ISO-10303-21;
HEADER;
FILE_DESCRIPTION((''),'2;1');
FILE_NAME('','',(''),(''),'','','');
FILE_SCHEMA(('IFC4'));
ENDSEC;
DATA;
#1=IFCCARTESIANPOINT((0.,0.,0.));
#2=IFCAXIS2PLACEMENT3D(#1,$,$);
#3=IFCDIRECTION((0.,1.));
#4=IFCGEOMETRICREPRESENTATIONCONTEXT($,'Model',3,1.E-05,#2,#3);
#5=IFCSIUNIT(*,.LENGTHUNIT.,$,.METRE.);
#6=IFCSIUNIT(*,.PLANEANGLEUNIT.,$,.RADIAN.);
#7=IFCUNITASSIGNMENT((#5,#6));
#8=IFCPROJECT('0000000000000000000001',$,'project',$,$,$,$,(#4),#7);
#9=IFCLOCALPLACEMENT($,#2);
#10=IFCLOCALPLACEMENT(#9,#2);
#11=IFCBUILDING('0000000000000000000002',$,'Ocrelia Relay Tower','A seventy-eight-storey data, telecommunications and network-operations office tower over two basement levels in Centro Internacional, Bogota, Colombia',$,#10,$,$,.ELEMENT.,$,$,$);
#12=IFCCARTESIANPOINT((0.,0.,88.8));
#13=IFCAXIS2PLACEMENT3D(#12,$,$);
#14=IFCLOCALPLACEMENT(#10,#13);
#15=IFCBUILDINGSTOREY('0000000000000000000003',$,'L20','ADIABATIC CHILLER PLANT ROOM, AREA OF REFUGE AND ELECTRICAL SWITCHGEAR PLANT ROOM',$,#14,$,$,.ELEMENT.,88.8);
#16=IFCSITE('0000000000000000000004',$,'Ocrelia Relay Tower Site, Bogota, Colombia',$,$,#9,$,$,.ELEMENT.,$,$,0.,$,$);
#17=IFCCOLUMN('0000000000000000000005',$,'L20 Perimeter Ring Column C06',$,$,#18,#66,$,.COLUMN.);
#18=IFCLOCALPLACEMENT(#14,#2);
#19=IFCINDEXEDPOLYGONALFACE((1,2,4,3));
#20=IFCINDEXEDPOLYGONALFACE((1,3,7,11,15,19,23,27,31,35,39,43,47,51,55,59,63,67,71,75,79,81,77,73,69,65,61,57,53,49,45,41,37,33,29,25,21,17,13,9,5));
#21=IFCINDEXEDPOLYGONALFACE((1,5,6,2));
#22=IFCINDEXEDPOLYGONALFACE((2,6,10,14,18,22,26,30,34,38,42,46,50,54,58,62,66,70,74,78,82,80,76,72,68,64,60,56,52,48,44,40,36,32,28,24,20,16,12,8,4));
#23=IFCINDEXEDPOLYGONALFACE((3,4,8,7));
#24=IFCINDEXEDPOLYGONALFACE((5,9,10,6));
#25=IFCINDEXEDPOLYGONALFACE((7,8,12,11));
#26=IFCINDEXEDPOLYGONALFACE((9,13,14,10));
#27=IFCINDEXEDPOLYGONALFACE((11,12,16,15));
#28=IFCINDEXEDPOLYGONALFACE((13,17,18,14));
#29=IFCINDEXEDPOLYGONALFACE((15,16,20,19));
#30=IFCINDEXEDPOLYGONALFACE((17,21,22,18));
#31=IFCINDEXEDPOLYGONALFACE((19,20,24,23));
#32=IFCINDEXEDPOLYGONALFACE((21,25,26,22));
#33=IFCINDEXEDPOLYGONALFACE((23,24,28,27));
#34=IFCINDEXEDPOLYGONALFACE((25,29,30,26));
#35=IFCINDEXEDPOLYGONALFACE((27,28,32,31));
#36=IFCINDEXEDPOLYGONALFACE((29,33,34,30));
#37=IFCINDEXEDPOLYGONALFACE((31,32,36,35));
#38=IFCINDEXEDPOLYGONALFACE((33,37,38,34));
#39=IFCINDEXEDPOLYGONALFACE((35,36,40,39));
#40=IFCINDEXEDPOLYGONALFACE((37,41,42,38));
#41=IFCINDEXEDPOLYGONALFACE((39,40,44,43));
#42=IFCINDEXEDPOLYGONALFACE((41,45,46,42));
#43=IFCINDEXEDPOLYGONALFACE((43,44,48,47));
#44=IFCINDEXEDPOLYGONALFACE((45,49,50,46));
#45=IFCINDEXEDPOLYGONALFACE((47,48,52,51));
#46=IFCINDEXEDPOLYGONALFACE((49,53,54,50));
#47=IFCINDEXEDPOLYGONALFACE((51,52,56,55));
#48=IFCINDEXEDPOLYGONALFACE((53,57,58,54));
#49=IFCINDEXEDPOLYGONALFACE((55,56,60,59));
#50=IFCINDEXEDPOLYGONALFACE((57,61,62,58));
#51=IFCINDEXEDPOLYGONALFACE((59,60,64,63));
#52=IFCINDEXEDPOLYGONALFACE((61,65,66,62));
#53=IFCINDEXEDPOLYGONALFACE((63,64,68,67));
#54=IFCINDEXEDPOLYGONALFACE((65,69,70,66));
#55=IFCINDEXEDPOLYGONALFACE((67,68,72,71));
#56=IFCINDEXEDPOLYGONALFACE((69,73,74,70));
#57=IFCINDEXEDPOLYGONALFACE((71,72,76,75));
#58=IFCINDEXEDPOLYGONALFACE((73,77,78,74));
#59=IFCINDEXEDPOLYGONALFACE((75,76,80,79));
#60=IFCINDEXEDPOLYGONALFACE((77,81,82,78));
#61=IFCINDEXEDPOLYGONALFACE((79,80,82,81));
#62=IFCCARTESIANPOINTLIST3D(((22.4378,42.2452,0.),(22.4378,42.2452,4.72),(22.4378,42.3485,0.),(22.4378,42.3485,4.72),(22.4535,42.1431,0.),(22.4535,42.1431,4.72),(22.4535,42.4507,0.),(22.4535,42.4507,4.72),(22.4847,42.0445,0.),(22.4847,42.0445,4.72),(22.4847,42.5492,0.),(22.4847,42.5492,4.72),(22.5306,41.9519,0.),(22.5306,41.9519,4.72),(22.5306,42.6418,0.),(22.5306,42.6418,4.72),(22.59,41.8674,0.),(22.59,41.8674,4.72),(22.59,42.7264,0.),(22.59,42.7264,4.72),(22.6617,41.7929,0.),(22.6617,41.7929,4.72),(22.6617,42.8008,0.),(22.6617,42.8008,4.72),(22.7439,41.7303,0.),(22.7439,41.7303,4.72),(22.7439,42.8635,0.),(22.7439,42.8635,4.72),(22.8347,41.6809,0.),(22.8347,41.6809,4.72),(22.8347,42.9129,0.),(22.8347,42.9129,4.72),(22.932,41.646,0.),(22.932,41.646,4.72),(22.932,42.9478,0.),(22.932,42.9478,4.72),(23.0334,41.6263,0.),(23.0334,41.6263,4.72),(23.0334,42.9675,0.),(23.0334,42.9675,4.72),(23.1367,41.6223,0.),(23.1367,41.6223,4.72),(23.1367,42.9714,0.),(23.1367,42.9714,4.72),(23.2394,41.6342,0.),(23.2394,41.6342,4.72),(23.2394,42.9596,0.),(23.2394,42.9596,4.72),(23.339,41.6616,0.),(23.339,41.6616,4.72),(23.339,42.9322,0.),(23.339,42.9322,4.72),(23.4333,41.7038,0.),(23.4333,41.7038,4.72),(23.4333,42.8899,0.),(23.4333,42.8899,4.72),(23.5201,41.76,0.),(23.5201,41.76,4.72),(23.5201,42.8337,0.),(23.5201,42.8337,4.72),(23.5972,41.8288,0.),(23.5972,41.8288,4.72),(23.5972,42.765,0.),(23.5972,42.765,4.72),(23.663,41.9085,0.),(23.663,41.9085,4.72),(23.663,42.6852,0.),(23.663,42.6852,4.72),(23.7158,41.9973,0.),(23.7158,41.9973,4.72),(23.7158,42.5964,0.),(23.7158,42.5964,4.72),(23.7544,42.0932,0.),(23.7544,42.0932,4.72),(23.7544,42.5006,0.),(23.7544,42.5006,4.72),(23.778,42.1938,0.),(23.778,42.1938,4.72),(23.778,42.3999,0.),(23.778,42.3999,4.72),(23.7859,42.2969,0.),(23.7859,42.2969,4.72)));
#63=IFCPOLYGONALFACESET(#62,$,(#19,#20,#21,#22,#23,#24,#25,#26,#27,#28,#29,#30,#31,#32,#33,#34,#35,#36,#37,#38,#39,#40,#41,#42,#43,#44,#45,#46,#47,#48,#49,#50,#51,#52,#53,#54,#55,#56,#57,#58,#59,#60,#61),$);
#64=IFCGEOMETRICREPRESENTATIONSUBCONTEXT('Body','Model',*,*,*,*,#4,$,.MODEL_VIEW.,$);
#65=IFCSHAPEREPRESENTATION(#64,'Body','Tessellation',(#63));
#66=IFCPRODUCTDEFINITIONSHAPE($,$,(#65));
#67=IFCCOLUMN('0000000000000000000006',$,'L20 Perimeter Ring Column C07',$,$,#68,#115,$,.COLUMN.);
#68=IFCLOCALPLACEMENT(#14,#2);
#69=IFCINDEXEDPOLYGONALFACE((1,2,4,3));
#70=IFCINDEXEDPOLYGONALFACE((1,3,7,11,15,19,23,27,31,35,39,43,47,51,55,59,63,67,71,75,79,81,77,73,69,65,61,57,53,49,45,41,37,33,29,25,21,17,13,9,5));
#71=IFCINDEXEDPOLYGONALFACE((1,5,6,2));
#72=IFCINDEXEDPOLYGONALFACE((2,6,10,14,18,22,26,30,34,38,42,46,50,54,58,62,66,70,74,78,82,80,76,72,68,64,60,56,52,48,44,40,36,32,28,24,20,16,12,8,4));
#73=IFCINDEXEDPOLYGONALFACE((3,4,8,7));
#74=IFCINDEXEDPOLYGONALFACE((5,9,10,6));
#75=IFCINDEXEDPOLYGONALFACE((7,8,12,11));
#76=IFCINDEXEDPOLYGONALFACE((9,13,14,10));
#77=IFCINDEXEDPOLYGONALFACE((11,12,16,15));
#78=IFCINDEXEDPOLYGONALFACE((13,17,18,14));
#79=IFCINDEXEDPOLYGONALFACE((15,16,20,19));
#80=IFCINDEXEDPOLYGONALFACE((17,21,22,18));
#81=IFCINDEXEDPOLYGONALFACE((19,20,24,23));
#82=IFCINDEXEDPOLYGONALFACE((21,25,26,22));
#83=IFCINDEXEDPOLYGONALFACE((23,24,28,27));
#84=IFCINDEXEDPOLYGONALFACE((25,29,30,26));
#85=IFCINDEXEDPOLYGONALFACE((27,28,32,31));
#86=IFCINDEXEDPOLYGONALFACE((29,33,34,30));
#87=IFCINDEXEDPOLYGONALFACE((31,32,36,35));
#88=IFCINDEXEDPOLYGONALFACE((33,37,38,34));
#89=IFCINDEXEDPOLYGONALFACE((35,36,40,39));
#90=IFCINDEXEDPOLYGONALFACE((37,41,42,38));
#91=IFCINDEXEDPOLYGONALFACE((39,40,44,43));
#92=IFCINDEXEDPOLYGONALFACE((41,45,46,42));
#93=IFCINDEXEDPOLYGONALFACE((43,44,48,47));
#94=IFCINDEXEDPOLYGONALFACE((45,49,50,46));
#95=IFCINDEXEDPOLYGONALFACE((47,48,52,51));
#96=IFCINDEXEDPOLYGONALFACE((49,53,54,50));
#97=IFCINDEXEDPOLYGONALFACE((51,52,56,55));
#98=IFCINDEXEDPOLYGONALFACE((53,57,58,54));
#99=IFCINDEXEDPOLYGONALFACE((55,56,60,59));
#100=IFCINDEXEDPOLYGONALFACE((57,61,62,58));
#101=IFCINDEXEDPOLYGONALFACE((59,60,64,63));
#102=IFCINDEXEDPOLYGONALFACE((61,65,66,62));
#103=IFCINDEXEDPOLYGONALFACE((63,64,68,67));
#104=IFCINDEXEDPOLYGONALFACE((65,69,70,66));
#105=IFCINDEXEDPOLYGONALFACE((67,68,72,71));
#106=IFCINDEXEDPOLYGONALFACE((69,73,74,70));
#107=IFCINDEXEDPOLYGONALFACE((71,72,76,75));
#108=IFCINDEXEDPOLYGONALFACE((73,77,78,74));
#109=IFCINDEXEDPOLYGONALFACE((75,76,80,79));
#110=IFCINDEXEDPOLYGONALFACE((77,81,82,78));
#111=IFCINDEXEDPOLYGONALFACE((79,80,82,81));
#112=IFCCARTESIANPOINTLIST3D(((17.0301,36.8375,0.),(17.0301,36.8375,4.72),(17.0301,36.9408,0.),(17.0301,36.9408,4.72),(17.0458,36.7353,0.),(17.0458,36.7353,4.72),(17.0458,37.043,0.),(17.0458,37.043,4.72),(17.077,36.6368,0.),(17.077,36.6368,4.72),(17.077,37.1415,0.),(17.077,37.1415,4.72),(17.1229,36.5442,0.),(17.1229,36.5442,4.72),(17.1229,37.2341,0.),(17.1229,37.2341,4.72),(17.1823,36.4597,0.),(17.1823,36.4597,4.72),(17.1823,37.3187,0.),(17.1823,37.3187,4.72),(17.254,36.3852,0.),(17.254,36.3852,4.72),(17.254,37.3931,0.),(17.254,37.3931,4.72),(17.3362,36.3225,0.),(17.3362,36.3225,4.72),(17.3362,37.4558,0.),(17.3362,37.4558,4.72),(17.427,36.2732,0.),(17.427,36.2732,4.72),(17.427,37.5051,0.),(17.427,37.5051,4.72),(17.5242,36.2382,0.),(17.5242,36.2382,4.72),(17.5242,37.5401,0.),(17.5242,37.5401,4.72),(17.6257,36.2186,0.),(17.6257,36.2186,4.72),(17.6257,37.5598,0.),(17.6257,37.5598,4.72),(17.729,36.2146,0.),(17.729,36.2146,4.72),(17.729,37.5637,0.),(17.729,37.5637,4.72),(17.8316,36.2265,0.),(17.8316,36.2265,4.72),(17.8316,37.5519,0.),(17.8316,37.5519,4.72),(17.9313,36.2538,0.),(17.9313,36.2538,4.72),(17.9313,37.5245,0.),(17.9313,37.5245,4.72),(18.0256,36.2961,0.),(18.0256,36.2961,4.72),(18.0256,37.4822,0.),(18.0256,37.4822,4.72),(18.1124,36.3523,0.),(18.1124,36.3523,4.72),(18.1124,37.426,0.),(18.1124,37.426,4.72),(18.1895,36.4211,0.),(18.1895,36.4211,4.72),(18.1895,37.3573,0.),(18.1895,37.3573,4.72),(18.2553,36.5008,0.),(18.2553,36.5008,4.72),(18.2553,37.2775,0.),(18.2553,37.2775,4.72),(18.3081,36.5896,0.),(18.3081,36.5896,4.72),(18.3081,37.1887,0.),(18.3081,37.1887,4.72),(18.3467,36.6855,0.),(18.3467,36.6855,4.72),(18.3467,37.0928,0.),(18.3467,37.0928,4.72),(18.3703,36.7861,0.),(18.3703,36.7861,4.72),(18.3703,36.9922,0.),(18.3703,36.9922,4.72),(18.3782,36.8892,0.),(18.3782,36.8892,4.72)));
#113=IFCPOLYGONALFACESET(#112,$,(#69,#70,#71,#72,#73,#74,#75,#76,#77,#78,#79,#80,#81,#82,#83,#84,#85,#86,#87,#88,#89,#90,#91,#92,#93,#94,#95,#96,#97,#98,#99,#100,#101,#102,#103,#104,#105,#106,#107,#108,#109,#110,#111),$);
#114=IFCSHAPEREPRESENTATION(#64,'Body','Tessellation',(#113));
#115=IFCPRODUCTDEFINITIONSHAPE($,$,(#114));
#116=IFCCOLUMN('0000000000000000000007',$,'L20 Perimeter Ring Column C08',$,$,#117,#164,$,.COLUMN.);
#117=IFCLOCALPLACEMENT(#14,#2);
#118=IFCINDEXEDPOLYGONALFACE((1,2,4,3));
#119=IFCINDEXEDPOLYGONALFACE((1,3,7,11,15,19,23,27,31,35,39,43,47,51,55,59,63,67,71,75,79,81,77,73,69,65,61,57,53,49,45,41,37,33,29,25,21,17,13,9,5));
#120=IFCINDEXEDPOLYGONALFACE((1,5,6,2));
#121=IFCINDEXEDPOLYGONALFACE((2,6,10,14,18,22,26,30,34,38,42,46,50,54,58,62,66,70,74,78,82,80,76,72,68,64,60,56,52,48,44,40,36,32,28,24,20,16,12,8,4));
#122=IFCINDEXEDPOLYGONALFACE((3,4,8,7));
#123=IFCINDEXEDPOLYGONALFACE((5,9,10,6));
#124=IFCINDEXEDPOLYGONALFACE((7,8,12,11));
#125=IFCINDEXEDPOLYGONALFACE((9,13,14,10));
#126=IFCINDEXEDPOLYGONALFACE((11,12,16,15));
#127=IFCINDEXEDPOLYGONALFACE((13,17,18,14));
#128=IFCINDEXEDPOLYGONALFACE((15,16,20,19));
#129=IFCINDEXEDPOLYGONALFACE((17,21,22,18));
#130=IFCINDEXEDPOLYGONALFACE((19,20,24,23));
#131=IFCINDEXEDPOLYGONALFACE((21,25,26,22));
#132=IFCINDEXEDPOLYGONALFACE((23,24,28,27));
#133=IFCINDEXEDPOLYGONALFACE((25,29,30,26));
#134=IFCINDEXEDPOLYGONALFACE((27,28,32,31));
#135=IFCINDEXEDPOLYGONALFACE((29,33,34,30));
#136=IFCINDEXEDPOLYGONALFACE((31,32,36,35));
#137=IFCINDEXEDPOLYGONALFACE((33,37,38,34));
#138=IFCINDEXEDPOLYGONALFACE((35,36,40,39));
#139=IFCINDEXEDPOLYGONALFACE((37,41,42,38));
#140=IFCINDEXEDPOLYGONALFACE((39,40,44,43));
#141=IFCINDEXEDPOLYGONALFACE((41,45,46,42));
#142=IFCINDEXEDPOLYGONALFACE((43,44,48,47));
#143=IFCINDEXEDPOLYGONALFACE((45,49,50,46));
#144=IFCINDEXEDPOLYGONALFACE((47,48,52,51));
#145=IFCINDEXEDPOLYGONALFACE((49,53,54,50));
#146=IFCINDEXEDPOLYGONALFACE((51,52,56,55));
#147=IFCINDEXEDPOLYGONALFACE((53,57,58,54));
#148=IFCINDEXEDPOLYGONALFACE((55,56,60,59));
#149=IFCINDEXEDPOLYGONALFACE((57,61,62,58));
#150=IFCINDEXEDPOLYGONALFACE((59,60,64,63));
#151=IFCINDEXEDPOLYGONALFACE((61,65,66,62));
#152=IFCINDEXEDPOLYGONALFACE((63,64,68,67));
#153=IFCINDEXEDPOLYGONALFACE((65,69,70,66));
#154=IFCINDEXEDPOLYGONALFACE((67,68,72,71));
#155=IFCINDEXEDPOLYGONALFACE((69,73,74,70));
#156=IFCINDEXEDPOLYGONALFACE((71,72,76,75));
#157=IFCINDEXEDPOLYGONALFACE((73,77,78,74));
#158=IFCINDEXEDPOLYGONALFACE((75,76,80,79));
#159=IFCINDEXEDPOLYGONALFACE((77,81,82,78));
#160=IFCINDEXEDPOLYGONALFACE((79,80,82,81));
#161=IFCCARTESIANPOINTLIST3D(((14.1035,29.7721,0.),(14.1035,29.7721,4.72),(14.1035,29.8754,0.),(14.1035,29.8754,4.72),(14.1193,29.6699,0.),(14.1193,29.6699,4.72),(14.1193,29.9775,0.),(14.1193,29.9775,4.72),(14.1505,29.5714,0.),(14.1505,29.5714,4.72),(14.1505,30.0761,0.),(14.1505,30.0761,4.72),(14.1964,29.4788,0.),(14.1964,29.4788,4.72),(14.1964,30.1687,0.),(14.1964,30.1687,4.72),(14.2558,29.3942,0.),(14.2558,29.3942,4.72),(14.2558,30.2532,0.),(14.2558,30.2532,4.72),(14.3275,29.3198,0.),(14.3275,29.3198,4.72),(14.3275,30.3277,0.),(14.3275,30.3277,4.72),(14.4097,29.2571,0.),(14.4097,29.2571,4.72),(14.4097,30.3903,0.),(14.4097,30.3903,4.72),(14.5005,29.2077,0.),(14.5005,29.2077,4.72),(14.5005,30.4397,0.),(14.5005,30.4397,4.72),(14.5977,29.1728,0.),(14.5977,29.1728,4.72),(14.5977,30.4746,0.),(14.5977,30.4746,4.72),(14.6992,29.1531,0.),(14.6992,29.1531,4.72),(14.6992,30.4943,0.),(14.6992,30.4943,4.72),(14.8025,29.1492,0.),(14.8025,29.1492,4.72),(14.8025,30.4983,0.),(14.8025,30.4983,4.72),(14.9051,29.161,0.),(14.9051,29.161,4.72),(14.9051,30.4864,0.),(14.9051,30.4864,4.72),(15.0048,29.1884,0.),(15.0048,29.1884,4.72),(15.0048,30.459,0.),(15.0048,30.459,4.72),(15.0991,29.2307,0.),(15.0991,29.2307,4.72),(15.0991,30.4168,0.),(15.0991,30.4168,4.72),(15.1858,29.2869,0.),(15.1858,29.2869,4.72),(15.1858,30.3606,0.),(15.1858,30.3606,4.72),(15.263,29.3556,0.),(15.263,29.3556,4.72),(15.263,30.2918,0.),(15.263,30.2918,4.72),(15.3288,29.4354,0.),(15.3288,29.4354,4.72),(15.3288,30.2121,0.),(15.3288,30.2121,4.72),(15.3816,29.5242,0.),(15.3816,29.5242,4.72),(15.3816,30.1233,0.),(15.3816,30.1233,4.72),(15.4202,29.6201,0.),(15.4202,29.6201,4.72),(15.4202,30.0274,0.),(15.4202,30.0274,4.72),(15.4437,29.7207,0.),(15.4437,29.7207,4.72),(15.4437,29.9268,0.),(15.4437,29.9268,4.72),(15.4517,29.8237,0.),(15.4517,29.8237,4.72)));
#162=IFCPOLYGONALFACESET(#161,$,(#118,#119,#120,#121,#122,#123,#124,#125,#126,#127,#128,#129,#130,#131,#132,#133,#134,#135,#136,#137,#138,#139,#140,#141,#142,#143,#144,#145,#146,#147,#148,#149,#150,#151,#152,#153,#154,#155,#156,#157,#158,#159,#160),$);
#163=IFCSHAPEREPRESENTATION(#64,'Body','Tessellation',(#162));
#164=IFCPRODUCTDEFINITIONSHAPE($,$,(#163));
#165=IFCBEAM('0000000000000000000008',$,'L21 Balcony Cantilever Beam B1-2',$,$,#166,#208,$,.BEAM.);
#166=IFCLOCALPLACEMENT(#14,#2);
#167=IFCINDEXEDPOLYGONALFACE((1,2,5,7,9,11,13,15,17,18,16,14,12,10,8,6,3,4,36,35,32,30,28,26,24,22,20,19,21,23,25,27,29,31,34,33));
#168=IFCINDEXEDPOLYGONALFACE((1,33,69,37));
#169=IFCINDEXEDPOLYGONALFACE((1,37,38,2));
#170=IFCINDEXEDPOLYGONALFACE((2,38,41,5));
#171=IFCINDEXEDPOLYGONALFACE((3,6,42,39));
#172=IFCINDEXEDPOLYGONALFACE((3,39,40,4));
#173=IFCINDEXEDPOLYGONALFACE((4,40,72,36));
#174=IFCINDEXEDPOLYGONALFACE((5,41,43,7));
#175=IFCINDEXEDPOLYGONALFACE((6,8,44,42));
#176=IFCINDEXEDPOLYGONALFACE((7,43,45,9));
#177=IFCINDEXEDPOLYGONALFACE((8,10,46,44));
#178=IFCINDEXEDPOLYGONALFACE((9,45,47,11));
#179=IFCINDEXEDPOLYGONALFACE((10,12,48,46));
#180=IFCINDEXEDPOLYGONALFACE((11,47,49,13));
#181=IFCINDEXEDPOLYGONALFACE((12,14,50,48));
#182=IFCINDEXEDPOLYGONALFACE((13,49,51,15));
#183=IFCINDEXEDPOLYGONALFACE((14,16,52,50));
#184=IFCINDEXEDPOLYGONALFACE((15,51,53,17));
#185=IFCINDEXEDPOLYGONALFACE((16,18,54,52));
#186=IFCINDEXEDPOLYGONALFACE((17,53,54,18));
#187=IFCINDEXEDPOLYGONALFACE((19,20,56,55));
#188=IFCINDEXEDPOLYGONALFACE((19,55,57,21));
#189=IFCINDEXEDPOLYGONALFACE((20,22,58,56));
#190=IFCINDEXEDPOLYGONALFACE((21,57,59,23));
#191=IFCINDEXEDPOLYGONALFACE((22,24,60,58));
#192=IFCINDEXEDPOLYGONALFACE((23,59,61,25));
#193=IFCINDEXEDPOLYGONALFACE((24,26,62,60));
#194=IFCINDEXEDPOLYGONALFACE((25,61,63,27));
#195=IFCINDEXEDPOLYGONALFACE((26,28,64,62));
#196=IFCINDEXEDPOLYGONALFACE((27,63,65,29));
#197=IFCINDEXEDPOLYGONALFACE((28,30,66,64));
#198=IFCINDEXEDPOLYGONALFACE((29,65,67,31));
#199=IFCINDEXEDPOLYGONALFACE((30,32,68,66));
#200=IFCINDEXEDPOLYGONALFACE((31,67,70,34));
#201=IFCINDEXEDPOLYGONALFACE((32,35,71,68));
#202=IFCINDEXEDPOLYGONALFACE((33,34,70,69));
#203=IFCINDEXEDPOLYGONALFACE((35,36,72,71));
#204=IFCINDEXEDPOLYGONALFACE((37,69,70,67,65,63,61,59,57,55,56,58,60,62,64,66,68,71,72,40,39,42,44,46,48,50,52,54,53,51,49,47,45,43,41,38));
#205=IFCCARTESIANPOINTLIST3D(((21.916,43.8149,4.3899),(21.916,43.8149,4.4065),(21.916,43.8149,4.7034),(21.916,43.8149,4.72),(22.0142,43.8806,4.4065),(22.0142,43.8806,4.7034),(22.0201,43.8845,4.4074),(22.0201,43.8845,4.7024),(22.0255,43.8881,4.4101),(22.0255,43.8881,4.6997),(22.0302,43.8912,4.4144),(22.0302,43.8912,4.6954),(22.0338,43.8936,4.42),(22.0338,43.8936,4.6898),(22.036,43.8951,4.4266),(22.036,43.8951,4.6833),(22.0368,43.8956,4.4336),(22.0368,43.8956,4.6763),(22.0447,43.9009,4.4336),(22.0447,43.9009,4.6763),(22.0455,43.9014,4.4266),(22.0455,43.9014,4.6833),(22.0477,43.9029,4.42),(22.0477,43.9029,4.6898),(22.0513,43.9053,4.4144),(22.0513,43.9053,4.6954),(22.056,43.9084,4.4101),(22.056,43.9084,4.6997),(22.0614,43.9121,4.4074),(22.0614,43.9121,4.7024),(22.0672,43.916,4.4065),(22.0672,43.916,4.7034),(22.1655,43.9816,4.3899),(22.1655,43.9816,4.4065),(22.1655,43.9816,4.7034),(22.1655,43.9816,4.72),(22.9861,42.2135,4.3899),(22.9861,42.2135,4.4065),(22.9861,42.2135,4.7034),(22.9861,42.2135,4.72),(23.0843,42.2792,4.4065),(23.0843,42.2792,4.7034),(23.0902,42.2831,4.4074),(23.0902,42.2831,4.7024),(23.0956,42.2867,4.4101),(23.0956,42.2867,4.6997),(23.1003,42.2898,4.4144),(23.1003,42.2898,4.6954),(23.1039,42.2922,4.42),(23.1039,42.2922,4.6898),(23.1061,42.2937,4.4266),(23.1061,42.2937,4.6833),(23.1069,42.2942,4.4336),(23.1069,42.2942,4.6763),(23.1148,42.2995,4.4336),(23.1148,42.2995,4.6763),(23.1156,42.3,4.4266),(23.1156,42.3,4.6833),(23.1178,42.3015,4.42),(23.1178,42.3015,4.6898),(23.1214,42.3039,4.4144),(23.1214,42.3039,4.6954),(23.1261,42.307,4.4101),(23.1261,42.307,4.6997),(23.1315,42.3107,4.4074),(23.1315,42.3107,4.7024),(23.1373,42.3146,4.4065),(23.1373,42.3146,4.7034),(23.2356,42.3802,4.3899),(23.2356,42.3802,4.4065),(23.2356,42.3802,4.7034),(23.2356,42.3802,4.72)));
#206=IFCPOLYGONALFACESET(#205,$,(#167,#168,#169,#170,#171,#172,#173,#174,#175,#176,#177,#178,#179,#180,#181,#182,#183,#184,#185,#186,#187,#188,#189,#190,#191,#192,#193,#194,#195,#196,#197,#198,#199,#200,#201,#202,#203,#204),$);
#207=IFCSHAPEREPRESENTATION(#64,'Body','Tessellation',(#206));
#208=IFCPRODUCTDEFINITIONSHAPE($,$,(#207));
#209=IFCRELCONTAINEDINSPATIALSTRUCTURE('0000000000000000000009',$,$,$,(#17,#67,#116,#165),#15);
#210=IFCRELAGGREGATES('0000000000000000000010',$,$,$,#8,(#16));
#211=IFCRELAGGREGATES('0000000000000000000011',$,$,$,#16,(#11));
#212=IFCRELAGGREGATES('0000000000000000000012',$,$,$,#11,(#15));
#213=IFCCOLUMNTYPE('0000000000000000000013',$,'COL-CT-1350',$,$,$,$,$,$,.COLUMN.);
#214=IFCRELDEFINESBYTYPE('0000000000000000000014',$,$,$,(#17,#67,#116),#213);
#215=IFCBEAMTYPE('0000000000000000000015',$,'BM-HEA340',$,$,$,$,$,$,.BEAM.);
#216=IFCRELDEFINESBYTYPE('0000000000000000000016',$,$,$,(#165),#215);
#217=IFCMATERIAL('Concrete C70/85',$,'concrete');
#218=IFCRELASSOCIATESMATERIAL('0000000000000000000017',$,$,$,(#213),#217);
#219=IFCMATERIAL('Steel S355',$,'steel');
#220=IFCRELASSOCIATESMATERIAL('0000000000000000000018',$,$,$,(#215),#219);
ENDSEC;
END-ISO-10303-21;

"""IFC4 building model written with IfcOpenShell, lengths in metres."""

from ifc_helpers import new_model, si_unit, direction, frame, origin, origin_2d, place, context, subcontext, project, spatial, circle, i_section, extrude, material, material_profile, profile_set, type_object, element, save


model = new_model("IFC4")

# Units and contexts
model_context = context("Model", 3, precision=1e-05, world=origin(), true_north=direction((0.0, 1.0)))
body_context = subcontext(model_context, "Body", "Model", "MODEL_VIEW")
ifc_project = project(units=[si_unit("LENGTHUNIT", "METRE"), si_unit("PLANEANGLEUNIT", "RADIAN")], contexts=[model_context])

# Site, building, storey
site_placement = place(None, origin())
site = spatial("IfcSite", under=ifc_project, at=site_placement, Name="Ocrelia Relay Tower Site, Bogota, Colombia", CompositionType="ELEMENT", RefElevation=0.0)
building_placement = place(site_placement, origin())
building = spatial("IfcBuilding", under=site, at=building_placement, Name="Ocrelia Relay Tower", Description="A seventy-eight-storey data, telecommunications and network-operations office tower over two basement levels in Centro Internacional, Bogota, Colombia", CompositionType="ELEMENT")
storey_placement = place(building_placement, frame((0.0, 0.0, 88.8)))
storey = spatial("IfcBuildingStorey", under=building, at=storey_placement, Name="L20", Description="ADIABATIC CHILLER PLANT ROOM, AREA OF REFUGE AND ELECTRICAL SWITCHGEAR PLANT ROOM", CompositionType="ELEMENT", Elevation=88.8)

# Columns
ifc_material_1 = material(Name="Concrete C70/85", Category="concrete")
ifc_material_profile_1 = material_profile(ifc_material_1, circle(Radius=0.675, at=origin_2d()), Name="RC-CIR-1350")
ifc_profile_set_1 = profile_set([ifc_material_profile_1], Name="Concrete C70/85")
column_type = type_object("IfcColumnType", Name="COL-CT-1350", PredefinedType="COLUMN", material=ifc_profile_set_1)
for number, where, z_axis, x_axis, name in (
    (1, (23.1108, 42.2969, 0.0), (0.0, 0.0, 1.0), (1.0, 0.0, 0.0), "L20 Perimeter Ring Column C06"),
    (2, (17.7031, 36.8892, 0.0), (0.0, 0.0, 1.0), (1.0, 0.0, 0.0), "L20 Perimeter Ring Column C07"),
    (3, (14.7766, 29.8237, 0.0), (0.0, 0.0, 1.0), (1.0, 0.0, 0.0), "L20 Perimeter Ring Column C08"),
):
    element("IfcColumn", number, at=place(storey_placement, frame(where, z_axis=z_axis, x_axis=x_axis)), inside=storey, type_object=column_type, Name=name, PredefinedType="COLUMN", context=body_context, shape_type="SweptSolid", body=[
        extrude(circle(Radius=0.675, at=origin_2d()), origin(), (0.0, 0.0, 1.0), 4.72),
    ])

# Beam
ifc_material_2 = material(Name="Steel S355", Category="steel")
ifc_material_profile_2 = material_profile(ifc_material_2, i_section(OverallWidth=0.3, OverallDepth=0.3301, WebThickness=0.0095, FlangeThickness=0.0166, FilletRadius=0.0271, at=origin_2d()), Name="HEA 340")
ifc_profile_set_2 = profile_set([ifc_material_profile_2], Name="Steel S355")
beam_type_1 = type_object("IfcBeamType", Name="BM-HEA340", PredefinedType="BEAM", material=ifc_profile_set_2)
beam_1_placement = place(storey_placement, frame((23.1108, 42.2969, 4.5549), z_axis=(-0.555607, 0.831445, 0.0), x_axis=(-0.831445, -0.555607, 0.0)))
element("IfcBeam", 4, at=beam_1_placement, inside=storey, type_object=beam_type_1, Name="L21 Balcony Cantilever Beam B1-2", PredefinedType="BEAM", context=body_context, shape_type="SweptSolid", body=[
    extrude(i_section(OverallWidth=0.3, OverallDepth=0.3301, WebThickness=0.0095, FlangeThickness=0.0166, FilletRadius=0.0271, at=origin_2d()), origin(), (0.0, 0.0, 1.0), 1.926),
])

save(model, "model.ifc")
